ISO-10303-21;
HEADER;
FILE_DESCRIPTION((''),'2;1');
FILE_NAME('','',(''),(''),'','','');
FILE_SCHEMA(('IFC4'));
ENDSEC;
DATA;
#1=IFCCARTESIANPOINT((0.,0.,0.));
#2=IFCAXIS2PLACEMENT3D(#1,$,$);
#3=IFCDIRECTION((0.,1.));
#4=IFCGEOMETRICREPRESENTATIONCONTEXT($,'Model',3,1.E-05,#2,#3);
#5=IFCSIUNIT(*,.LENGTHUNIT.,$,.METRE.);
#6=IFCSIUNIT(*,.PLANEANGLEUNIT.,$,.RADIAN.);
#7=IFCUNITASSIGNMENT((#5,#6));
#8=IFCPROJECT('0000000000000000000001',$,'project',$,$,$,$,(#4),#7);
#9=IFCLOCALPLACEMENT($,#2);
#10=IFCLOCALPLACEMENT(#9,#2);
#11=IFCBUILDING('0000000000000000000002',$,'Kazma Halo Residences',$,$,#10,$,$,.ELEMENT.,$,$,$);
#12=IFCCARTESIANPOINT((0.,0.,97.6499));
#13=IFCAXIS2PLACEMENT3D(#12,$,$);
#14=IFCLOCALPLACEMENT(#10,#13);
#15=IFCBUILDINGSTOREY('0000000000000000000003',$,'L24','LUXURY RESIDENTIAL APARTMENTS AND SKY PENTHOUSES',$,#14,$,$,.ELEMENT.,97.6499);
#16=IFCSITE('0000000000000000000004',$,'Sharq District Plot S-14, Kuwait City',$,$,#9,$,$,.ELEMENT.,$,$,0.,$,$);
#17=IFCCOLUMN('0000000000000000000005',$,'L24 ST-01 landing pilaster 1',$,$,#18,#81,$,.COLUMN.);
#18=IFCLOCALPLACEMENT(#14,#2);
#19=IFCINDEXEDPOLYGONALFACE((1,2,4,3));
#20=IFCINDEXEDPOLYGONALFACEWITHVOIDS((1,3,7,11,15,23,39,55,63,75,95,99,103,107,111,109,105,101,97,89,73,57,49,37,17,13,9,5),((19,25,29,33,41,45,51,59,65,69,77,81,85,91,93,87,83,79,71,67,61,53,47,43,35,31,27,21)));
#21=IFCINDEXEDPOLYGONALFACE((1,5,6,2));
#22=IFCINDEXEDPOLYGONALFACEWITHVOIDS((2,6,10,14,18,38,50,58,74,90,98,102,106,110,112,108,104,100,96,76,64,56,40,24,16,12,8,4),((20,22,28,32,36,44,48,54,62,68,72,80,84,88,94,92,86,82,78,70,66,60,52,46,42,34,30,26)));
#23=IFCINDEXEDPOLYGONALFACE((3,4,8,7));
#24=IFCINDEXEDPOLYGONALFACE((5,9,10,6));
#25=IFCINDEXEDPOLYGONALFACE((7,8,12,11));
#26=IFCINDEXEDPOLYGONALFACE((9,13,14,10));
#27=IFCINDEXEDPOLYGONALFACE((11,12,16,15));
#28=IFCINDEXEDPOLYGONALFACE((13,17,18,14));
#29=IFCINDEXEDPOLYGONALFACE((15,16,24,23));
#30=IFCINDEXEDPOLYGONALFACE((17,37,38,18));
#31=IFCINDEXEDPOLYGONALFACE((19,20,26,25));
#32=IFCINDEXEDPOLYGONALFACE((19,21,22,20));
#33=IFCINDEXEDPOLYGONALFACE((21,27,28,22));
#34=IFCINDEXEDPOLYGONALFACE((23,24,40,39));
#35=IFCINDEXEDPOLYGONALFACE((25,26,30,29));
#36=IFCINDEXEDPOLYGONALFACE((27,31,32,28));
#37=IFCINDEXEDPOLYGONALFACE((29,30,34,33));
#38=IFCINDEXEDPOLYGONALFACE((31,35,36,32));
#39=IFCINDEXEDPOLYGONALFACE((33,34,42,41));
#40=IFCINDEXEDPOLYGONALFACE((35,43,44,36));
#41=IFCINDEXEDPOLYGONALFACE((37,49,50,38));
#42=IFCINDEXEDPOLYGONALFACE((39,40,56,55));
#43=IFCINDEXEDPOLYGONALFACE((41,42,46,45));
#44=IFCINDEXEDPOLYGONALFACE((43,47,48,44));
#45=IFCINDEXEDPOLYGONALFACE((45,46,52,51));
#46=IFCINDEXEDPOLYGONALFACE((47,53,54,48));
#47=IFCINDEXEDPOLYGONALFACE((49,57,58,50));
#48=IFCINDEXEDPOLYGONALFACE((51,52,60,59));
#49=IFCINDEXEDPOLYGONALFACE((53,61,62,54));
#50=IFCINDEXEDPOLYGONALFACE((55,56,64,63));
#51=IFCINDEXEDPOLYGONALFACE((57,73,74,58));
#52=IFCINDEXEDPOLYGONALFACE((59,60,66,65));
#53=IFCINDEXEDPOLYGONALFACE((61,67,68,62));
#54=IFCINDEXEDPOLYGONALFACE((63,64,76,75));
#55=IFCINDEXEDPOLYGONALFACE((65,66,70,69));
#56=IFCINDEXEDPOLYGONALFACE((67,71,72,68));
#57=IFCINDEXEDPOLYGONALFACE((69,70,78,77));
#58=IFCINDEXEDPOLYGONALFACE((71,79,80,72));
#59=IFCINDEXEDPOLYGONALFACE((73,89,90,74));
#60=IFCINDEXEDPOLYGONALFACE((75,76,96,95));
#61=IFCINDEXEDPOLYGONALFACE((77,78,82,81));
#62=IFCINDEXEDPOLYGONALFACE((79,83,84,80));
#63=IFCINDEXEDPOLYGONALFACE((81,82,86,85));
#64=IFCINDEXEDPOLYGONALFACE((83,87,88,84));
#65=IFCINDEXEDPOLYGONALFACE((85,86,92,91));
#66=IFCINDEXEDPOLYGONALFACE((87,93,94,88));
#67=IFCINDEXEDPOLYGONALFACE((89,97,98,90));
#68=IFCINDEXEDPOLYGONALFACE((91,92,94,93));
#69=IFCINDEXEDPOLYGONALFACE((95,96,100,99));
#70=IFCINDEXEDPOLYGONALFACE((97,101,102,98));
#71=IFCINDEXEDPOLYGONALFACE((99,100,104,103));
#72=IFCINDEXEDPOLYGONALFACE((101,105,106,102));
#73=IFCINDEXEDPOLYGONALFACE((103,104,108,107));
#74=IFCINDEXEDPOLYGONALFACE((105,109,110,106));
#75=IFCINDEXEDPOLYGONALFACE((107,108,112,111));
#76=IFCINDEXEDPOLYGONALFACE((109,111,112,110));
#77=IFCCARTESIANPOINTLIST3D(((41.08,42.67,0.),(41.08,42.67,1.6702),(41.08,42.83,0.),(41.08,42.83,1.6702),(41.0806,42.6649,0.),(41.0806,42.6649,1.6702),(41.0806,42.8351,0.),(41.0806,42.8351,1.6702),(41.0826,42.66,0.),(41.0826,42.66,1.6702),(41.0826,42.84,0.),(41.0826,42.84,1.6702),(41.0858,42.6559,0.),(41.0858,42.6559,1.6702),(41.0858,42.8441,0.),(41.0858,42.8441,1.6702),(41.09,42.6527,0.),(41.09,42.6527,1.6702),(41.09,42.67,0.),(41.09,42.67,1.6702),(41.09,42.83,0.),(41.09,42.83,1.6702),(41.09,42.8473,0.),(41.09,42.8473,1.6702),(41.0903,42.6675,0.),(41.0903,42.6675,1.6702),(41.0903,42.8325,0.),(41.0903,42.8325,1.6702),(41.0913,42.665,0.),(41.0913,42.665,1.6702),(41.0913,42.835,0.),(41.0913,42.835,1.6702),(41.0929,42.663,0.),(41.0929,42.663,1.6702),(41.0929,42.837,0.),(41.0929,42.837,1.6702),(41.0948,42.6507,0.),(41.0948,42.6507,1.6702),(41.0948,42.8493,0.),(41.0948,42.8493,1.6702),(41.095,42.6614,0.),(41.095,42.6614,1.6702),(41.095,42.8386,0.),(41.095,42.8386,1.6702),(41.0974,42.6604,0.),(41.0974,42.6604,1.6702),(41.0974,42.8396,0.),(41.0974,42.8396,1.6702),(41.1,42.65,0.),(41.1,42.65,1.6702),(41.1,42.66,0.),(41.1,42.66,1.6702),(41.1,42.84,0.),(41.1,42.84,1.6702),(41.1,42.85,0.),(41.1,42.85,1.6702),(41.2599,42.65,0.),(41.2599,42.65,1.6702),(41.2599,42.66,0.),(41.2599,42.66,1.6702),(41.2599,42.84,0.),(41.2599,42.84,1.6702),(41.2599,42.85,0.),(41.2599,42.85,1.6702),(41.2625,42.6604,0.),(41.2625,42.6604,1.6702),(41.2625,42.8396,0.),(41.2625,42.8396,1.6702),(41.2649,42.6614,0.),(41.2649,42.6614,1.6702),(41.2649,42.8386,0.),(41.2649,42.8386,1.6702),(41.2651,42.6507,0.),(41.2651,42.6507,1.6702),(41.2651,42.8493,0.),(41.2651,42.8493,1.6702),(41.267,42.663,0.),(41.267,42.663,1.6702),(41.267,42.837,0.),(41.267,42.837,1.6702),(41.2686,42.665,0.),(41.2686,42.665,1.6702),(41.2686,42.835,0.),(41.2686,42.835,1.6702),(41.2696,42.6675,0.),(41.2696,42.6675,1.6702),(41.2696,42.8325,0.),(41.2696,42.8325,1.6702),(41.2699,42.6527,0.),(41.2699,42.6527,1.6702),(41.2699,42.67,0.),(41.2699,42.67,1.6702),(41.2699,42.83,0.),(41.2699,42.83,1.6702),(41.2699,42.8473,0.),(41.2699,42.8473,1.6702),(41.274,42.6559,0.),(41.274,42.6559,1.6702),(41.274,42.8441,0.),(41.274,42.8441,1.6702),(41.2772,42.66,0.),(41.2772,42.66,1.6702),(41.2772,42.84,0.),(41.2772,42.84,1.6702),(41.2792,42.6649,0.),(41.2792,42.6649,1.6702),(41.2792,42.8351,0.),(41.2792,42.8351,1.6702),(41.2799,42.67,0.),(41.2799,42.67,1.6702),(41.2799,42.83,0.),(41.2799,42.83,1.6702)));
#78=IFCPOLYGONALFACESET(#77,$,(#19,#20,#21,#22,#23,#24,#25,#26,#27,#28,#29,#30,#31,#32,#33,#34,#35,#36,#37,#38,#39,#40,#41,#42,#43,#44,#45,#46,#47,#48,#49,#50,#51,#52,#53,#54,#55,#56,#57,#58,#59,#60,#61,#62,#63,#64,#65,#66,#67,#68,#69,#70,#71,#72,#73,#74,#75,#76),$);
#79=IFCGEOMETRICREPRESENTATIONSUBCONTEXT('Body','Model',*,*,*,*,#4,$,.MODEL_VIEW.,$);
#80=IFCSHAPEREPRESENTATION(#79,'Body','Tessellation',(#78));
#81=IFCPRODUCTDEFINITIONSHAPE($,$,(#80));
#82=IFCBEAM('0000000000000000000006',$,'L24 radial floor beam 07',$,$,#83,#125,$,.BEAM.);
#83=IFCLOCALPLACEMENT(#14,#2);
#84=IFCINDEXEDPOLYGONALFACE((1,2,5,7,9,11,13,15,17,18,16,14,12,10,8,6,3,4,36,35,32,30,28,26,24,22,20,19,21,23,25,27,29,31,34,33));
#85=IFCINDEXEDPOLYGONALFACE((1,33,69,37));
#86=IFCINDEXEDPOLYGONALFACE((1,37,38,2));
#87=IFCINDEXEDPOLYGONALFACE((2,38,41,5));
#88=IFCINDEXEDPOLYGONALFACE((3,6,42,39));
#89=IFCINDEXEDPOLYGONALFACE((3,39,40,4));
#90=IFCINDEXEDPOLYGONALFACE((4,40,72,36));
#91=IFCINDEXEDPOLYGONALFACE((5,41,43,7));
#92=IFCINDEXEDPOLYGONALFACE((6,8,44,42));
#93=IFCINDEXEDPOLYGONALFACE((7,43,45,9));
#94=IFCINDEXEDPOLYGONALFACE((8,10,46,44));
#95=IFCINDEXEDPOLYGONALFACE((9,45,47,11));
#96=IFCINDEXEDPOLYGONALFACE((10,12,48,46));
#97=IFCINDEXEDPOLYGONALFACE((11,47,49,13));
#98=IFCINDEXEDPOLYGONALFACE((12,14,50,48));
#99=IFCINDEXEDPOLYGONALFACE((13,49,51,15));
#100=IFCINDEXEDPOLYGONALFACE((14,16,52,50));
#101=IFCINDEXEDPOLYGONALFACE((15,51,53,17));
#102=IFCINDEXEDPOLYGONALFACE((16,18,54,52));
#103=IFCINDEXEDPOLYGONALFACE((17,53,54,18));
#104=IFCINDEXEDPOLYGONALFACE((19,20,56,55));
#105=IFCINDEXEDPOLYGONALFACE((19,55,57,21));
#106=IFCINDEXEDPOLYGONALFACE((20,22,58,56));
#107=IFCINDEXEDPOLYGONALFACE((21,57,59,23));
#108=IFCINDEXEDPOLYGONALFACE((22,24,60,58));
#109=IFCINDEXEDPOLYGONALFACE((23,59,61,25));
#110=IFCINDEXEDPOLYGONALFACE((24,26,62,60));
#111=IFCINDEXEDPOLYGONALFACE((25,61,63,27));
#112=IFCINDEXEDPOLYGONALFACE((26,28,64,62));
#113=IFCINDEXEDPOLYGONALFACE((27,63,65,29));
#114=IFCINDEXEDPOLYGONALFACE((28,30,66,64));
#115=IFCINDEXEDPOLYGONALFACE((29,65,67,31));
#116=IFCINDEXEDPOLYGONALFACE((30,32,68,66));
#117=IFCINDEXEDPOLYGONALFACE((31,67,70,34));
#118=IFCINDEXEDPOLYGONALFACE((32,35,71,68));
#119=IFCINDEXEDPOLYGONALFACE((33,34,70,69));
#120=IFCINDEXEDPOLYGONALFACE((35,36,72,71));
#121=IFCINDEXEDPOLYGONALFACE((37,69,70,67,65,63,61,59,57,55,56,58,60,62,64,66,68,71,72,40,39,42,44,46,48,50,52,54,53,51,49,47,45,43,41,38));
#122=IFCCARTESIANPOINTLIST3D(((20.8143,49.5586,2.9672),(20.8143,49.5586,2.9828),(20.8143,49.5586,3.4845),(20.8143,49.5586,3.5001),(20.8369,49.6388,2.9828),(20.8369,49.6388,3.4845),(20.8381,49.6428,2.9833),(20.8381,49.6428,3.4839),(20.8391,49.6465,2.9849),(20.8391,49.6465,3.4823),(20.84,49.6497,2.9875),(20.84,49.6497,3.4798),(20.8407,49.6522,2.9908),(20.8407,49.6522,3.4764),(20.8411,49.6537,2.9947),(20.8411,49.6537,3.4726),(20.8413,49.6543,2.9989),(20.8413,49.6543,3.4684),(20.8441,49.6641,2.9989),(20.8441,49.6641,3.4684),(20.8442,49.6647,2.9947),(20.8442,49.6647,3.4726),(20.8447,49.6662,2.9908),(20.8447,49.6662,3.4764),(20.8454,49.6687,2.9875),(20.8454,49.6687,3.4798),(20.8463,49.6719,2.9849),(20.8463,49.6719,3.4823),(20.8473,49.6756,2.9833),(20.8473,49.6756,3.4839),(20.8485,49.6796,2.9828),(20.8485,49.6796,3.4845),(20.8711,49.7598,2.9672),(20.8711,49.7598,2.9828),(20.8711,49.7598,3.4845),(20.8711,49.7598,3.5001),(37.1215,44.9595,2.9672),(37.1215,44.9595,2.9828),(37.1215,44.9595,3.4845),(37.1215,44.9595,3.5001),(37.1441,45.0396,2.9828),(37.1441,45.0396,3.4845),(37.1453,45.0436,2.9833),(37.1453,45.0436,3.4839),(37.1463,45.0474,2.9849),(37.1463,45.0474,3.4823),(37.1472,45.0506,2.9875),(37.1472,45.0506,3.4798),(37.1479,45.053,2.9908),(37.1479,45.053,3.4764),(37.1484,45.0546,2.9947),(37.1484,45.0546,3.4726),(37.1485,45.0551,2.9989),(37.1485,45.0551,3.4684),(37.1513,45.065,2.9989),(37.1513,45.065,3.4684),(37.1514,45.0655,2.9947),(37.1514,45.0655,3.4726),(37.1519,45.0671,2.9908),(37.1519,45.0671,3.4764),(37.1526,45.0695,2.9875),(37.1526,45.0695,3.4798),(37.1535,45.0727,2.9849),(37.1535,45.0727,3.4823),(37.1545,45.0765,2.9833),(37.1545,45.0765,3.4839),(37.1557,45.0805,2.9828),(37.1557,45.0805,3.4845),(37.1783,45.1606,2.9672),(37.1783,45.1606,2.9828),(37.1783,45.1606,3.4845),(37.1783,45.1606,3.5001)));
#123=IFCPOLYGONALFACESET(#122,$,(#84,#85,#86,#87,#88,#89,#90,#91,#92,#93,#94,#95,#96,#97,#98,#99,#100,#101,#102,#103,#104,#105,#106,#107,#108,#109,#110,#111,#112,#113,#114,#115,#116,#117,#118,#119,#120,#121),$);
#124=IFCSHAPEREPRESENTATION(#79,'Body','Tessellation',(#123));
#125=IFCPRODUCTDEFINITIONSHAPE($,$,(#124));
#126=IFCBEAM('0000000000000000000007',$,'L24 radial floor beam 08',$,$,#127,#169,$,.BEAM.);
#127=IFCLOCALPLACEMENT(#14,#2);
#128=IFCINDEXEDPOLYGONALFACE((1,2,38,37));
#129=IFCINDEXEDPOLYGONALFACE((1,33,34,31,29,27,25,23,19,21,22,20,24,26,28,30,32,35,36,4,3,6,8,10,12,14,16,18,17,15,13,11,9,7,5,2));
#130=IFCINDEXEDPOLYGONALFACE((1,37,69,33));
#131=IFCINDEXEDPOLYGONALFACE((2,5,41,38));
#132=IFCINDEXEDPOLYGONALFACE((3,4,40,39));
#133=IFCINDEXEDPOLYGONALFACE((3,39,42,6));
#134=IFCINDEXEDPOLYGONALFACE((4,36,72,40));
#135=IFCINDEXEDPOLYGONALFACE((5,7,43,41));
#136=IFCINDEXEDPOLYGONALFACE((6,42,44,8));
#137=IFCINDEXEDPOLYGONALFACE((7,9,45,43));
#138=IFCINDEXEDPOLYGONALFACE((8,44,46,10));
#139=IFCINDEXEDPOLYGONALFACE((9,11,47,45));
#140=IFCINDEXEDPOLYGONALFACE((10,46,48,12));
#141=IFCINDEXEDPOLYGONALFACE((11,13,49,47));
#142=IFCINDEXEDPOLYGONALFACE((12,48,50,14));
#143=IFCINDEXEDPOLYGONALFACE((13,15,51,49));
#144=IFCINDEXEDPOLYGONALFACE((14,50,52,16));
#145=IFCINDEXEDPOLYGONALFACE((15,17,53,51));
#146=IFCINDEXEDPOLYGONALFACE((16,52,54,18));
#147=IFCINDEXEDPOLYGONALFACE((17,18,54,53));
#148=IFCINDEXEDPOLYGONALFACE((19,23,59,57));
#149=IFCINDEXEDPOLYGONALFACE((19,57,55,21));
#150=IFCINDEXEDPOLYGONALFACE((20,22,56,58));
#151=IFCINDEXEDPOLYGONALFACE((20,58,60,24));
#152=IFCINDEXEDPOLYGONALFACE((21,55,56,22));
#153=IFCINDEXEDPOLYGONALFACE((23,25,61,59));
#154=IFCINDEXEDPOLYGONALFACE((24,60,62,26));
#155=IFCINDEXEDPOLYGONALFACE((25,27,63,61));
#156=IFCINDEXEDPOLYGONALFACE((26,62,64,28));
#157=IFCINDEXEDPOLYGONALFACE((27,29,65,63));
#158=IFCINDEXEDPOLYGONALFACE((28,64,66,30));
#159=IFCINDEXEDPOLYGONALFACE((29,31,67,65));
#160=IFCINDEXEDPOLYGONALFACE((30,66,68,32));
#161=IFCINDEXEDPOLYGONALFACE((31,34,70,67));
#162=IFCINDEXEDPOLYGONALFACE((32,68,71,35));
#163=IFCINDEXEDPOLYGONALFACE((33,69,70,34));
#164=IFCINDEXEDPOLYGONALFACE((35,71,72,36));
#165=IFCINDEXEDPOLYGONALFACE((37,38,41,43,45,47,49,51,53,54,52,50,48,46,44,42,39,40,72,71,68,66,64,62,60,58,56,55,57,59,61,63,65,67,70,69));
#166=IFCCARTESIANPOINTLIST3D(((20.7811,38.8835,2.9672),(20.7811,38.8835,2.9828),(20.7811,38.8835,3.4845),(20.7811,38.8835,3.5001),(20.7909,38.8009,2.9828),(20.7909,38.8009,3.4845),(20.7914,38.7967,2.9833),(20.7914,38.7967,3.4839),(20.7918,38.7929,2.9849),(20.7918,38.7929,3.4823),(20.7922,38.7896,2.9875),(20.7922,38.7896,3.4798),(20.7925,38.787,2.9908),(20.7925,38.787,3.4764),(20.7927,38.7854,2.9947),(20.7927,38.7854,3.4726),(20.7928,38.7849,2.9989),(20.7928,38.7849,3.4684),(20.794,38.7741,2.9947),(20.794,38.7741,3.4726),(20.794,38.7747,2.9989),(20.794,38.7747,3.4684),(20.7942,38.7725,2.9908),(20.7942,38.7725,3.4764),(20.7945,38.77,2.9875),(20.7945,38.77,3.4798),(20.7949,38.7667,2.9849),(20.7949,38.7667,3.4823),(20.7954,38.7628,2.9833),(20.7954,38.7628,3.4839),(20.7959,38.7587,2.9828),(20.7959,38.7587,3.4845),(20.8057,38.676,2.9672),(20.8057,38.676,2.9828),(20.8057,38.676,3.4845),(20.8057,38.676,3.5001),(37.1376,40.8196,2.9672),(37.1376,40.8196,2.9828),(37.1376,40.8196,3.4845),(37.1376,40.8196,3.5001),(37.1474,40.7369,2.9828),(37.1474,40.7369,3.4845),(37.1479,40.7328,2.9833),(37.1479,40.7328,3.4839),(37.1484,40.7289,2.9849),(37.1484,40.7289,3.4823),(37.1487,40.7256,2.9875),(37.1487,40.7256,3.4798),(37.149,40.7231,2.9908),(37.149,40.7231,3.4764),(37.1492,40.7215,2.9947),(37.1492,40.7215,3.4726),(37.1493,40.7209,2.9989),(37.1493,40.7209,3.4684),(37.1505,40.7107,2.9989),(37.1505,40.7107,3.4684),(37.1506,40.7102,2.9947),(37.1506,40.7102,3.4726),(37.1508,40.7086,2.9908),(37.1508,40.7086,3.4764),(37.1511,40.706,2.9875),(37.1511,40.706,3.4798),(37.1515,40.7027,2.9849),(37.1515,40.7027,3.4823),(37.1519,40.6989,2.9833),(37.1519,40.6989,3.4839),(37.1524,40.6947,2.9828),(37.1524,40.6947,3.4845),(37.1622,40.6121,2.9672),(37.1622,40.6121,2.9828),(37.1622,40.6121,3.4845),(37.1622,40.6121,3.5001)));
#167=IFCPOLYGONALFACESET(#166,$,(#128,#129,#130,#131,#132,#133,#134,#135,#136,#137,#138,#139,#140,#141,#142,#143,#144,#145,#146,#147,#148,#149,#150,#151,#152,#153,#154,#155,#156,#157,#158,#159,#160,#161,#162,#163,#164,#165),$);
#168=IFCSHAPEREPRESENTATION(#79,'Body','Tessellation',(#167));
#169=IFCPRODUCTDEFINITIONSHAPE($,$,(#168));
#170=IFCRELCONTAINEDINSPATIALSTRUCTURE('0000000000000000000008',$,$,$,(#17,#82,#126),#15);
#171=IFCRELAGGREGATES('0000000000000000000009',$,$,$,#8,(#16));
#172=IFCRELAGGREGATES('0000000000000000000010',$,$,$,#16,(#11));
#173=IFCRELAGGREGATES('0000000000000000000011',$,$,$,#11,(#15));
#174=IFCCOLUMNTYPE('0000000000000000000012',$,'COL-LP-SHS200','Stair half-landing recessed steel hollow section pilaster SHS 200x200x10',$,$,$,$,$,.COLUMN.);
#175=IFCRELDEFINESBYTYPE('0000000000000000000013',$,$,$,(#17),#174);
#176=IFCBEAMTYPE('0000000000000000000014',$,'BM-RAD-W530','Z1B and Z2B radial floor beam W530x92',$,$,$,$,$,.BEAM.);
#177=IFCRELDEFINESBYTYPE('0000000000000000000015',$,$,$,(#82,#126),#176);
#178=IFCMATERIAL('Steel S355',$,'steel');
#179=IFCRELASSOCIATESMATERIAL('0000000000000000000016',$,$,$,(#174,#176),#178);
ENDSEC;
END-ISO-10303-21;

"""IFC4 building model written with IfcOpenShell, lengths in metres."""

from ifc_helpers import new_model, si_unit, direction, frame, origin, origin_2d, place, context, subcontext, project, spatial, hollow_rectangle, i_section, extrude, material, material_profile, profile_set, type_object, element, save


model = new_model("IFC4")

# Units and contexts
model_context = context("Model", 3, precision=1e-05, world=origin(), true_north=direction((0.0, 1.0)))
body_context = subcontext(model_context, "Body", "Model", "MODEL_VIEW")
ifc_project = project(units=[si_unit("LENGTHUNIT", "METRE"), si_unit("PLANEANGLEUNIT", "RADIAN")], contexts=[model_context])

# Site, building, storey
site_placement = place(None, origin())
site = spatial("IfcSite", under=ifc_project, at=site_placement, Name="Sharq District Plot S-14, Kuwait City", CompositionType="ELEMENT", RefElevation=0.0)
building_placement = place(site_placement, origin())
building = spatial("IfcBuilding", under=site, at=building_placement, Name="Kazma Halo Residences", CompositionType="ELEMENT")
storey_placement = place(building_placement, frame((0.0, 0.0, 97.6499)))
storey = spatial("IfcBuildingStorey", under=building, at=storey_placement, Name="L24", Description="LUXURY RESIDENTIAL APARTMENTS AND SKY PENTHOUSES", CompositionType="ELEMENT", Elevation=97.6499)

# Column
ifc_material_1 = material(Name="Steel S355", Category="steel")
ifc_material_profile_1 = material_profile(ifc_material_1, hollow_rectangle(XDim=0.2, YDim=0.2, WallThickness=0.01, InnerFilletRadius=0.01, OuterFilletRadius=0.02, at=origin_2d()), Name="SHS200x200x10")
ifc_profile_set_1 = profile_set([ifc_material_profile_1], Name="Steel S355")
column_type = type_object("IfcColumnType", Name="COL-LP-SHS200", Description="Stair half-landing recessed steel hollow section pilaster SHS 200x200x10", PredefinedType="COLUMN", material=ifc_profile_set_1)
column_placement = place(storey_placement, frame((41.1799, 42.75, 0.0), z_axis=(0.0, 0.0, 1.0), x_axis=(1.0, 0.0, 0.0)))
element("IfcColumn", 1, at=column_placement, inside=storey, type_object=column_type, Name="L24 ST-01 landing pilaster 1", PredefinedType="COLUMN", context=body_context, shape_type="SweptSolid", body=[
    extrude(hollow_rectangle(XDim=0.2, YDim=0.2, WallThickness=0.01, InnerFilletRadius=0.01, OuterFilletRadius=0.02, at=origin_2d()), origin(), (0.0, 0.0, 1.0), 1.6702),
])

# Beams
ifc_material_profile_2 = material_profile(ifc_material_1, i_section(OverallWidth=0.209, OverallDepth=0.533, WebThickness=0.0103, FlangeThickness=0.0156, FilletRadius=0.0161, at=origin_2d()), Name="W530x92")
ifc_profile_set_2 = profile_set([ifc_material_profile_2], Name="Steel S355")
beam_type_1 = type_object("IfcBeamType", Name="BM-RAD-W530", Description="Z1B and Z2B radial floor beam W530x92", PredefinedType="BEAM", material=ifc_profile_set_2)
beam_1_placement = place(storey_placement, frame((37.1499, 45.0601, 3.2336), z_axis=(-0.962455, 0.271442, 0.0), x_axis=(-0.271442, -0.962455, 0.0)))
element("IfcBeam", 2, at=beam_1_placement, inside=storey, type_object=beam_type_1, Name="L24 radial floor beam 07", PredefinedType="BEAM", context=body_context, shape_type="SweptSolid", body=[
    extrude(i_section(OverallWidth=0.209, OverallDepth=0.533, WebThickness=0.0103, FlangeThickness=0.0156, FilletRadius=0.0161, at=origin_2d()), origin(), (0.0, 0.0, 1.0), 16.9434),
])
beam_2_placement = place(storey_placement, frame((37.1499, 40.7158, 3.2336), z_axis=(-0.993068, -0.117545, 0.0), x_axis=(0.117545, -0.993068, 0.0)))
element("IfcBeam", 3, at=beam_2_placement, inside=storey, type_object=beam_type_1, Name="L24 radial floor beam 08", PredefinedType="BEAM", context=body_context, shape_type="SweptSolid", body=[
    extrude(i_section(OverallWidth=0.209, OverallDepth=0.533, WebThickness=0.0103, FlangeThickness=0.0156, FilletRadius=0.0161, at=origin_2d()), origin(), (0.0, 0.0, 1.0), 16.4707),
])

save(model, "model.ifc")
